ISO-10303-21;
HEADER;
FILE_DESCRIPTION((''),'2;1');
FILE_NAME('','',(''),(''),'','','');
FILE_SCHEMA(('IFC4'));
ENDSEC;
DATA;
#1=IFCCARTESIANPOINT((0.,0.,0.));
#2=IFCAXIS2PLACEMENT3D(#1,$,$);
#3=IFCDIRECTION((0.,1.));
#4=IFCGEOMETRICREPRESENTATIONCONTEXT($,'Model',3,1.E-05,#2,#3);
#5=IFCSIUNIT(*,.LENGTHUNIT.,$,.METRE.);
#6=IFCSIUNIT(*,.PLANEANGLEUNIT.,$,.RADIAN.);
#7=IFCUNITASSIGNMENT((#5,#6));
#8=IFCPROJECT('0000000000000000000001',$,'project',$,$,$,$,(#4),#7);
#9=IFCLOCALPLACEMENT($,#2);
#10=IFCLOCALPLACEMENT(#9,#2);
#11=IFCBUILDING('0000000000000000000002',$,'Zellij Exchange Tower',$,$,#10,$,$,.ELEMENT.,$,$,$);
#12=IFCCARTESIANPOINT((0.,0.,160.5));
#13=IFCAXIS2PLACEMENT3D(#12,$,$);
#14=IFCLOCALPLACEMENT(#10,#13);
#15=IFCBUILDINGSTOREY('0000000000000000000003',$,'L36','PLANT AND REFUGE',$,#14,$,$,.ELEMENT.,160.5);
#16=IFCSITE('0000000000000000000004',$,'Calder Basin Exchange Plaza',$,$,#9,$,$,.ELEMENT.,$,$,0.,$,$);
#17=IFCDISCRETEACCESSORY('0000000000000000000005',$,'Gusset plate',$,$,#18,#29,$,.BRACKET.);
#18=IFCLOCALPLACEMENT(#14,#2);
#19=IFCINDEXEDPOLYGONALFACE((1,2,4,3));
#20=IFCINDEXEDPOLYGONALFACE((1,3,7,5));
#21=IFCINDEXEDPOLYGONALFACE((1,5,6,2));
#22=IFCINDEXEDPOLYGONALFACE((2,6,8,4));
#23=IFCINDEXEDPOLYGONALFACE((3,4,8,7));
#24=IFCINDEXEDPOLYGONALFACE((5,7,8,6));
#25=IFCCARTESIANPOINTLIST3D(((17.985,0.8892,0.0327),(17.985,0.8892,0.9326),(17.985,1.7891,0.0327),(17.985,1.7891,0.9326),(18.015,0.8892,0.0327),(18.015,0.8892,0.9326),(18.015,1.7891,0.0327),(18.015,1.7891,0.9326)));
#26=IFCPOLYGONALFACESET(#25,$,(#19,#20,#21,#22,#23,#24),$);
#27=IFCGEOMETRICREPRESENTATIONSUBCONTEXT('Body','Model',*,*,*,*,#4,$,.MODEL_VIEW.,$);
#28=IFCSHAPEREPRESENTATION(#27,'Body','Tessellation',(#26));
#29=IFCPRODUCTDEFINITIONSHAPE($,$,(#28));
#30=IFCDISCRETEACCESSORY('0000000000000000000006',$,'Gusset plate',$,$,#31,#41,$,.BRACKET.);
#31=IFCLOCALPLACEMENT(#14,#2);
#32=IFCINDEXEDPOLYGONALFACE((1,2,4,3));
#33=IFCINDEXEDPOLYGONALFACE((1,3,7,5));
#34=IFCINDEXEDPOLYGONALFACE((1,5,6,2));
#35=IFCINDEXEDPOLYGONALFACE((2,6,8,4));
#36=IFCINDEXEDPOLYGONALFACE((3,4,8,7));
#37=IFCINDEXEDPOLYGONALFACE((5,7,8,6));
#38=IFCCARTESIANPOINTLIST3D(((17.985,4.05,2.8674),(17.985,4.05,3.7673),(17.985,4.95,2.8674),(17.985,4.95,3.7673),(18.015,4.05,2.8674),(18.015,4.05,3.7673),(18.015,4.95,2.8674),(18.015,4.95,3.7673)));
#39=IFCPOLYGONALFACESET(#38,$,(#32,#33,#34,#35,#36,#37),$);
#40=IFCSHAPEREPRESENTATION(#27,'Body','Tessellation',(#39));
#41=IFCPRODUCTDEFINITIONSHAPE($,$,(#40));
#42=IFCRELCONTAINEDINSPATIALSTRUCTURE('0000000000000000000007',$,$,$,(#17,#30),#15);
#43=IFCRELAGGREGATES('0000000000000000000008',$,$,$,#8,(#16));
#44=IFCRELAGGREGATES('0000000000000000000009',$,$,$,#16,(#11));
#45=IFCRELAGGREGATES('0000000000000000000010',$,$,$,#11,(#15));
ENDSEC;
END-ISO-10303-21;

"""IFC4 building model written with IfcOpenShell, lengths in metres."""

from ifc_helpers import new_model, si_unit, direction, frame, origin, origin_2d, place, context, subcontext, project, spatial, rectangle, extrude, element, save


model = new_model("IFC4")

# Units and contexts
model_context = context("Model", 3, precision=1e-05, world=origin(), true_north=direction((0.0, 1.0)))
body_context = subcontext(model_context, "Body", "Model", "MODEL_VIEW")
ifc_project = project(units=[si_unit("LENGTHUNIT", "METRE"), si_unit("PLANEANGLEUNIT", "RADIAN")], contexts=[model_context])

# Site, building, storey
site_placement = place(None, origin())
site = spatial("IfcSite", under=ifc_project, at=site_placement, Name="Calder Basin Exchange Plaza", CompositionType="ELEMENT", RefElevation=0.0)
building_placement = place(site_placement, origin())
building = spatial("IfcBuilding", under=site, at=building_placement, Name="Zellij Exchange Tower", CompositionType="ELEMENT")
storey_placement = place(building_placement, frame((0.0, 0.0, 160.5)))
storey = spatial("IfcBuildingStorey", under=building, at=storey_placement, Name="L36", Description="PLANT AND REFUGE", CompositionType="ELEMENT", Elevation=160.5)

# Discrete accessories
for number, where, z_axis, x_axis, name in (
    (1, (18.0, 1.3391, 0.0327), (0.0, 0.0, 1.0), (0.0, 1.0, 0.0), "Gusset plate"),
    (2, (18.0, 4.5, 2.8674), (0.0, 0.0, 1.0), (0.0, 1.0, 0.0), "Gusset plate"),
):
    element("IfcDiscreteAccessory", number, at=place(storey_placement, frame(where, z_axis=z_axis, x_axis=x_axis)), inside=storey, Name=name, PredefinedType="BRACKET", context=body_context, shape_type="SweptSolid", body=[
        extrude(rectangle(XDim=0.8999, YDim=0.03, at=origin_2d()), origin(), (0.0, 0.0, 1.0), 0.8999),
    ])

save(model, "model.ifc")
